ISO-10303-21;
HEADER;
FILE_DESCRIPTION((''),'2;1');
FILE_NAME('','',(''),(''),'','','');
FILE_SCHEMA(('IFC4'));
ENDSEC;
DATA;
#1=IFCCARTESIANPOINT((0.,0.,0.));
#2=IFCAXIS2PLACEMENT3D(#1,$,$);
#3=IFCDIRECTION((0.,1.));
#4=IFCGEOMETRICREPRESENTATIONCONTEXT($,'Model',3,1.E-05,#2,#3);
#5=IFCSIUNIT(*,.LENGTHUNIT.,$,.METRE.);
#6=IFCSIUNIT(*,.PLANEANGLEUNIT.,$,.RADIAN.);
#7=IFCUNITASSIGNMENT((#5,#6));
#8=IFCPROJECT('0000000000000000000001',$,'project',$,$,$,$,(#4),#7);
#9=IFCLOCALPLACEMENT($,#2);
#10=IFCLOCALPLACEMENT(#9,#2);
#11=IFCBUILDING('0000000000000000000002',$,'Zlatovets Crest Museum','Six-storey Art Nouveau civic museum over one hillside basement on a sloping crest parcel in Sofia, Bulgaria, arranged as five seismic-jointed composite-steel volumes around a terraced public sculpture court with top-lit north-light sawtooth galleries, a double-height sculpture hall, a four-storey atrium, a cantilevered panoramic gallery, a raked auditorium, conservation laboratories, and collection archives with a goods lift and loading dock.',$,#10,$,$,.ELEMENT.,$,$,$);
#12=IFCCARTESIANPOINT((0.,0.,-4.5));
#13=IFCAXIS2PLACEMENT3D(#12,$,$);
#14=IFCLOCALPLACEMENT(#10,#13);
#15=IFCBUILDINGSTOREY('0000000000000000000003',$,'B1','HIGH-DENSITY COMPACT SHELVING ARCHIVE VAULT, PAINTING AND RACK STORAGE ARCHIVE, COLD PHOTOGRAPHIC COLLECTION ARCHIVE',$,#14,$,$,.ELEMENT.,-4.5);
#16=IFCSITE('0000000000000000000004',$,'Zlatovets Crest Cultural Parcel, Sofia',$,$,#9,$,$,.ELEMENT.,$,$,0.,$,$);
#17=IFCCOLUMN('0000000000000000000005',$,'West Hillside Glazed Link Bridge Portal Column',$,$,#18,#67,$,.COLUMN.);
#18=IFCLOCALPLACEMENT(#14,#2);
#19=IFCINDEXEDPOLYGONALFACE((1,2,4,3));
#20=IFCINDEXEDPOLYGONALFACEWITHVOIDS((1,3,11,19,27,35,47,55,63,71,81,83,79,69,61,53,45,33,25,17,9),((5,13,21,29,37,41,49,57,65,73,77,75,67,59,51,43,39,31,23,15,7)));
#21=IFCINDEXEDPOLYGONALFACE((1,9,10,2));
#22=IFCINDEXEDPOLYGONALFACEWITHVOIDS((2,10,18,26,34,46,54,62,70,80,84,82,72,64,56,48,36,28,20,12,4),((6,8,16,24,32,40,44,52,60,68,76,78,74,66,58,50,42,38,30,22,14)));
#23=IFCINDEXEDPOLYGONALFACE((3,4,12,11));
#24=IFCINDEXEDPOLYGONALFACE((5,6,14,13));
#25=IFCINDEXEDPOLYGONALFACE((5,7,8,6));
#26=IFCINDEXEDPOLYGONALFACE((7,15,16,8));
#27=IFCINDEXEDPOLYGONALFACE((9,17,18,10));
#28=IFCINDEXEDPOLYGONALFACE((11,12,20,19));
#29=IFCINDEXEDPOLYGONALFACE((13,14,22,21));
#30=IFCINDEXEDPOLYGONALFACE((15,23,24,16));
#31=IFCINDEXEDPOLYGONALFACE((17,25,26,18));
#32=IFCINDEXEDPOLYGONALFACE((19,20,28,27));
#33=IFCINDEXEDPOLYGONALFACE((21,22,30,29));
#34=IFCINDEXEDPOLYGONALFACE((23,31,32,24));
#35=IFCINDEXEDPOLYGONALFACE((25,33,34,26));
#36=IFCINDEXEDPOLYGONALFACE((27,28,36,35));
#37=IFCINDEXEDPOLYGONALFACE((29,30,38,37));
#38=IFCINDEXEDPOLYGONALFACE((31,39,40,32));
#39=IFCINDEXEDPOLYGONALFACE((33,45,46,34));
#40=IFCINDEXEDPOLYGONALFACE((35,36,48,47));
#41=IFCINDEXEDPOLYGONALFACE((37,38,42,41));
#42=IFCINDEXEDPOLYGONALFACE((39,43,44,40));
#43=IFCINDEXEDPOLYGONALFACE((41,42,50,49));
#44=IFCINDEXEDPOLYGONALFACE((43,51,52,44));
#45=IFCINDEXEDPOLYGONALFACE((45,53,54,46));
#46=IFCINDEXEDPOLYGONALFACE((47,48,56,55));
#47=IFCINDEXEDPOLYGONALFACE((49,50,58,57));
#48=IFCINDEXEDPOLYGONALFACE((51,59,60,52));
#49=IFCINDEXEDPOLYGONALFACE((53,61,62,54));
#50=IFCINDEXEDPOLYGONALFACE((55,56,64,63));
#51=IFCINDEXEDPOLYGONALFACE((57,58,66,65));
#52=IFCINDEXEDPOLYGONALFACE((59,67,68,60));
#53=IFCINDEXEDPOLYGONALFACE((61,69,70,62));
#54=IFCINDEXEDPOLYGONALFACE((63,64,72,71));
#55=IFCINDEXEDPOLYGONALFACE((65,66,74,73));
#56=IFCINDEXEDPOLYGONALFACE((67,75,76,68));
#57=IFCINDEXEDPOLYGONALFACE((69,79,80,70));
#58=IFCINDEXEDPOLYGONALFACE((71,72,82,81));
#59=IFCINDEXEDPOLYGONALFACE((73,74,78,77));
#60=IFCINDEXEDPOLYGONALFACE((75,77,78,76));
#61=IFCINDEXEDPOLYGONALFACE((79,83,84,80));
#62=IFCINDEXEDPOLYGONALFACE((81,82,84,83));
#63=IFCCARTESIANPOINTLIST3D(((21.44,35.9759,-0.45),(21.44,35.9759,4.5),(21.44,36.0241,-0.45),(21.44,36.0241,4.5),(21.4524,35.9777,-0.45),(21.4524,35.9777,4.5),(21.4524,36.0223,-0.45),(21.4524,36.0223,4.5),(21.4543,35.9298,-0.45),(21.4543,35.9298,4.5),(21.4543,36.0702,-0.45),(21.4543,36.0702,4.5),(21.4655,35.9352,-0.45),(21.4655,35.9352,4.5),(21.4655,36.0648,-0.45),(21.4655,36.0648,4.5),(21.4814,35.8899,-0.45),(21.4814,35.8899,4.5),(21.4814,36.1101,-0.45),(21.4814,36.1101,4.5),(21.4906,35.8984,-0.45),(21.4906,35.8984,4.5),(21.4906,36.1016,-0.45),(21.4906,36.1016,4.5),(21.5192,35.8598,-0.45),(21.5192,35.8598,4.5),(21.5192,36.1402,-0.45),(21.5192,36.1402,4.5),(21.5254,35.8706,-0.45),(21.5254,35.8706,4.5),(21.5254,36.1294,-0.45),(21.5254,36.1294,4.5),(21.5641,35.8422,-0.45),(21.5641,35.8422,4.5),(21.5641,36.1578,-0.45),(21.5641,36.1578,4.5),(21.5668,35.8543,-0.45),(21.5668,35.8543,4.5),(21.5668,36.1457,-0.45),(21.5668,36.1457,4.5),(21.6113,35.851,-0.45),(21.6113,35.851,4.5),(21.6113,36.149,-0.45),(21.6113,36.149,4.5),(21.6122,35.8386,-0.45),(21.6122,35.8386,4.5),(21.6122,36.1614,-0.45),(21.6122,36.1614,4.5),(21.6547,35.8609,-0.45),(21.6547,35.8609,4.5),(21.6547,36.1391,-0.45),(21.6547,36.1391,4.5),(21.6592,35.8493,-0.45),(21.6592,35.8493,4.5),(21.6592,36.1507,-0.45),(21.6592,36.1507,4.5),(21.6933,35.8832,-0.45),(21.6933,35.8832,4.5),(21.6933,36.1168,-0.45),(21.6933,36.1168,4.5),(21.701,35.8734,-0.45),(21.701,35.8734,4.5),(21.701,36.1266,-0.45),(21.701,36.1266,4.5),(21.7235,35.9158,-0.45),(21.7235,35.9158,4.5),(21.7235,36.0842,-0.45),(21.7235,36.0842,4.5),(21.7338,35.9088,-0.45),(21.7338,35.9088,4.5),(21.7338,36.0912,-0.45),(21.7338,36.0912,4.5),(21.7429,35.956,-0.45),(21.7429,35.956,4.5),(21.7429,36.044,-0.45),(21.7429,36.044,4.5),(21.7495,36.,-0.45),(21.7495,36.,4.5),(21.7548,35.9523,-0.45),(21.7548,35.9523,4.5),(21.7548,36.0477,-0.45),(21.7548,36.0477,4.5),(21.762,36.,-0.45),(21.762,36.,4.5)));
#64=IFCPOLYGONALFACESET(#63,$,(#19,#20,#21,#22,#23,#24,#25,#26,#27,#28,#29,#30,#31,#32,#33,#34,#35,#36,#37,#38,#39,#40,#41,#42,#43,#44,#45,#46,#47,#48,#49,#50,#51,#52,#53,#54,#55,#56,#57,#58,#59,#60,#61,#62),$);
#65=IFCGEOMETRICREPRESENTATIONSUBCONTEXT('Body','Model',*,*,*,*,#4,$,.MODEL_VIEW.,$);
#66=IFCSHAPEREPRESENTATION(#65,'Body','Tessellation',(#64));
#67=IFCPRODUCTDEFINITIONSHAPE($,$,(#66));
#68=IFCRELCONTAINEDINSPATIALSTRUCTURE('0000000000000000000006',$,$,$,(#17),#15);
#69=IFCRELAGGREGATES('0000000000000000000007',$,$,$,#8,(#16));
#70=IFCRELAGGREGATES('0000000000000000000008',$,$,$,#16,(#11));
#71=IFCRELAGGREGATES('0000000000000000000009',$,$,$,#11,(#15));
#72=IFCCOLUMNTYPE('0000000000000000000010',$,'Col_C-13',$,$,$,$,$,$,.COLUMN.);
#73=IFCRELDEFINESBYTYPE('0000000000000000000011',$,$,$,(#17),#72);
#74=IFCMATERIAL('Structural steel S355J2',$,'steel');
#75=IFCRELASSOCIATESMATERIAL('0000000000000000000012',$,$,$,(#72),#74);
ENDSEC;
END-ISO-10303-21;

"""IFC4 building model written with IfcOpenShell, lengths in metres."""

from ifc_helpers import new_model, si_unit, direction, frame, origin, origin_2d, place, context, subcontext, project, spatial, hollow_circle, extrude, material, material_profile, profile_set, type_object, element, save


model = new_model("IFC4")

# Units and contexts
model_context = context("Model", 3, precision=1e-05, world=origin(), true_north=direction((0.0, 1.0)))
body_context = subcontext(model_context, "Body", "Model", "MODEL_VIEW")
ifc_project = project(units=[si_unit("LENGTHUNIT", "METRE"), si_unit("PLANEANGLEUNIT", "RADIAN")], contexts=[model_context])

# Site, building, storey
site_placement = place(None, origin())
site = spatial("IfcSite", under=ifc_project, at=site_placement, Name="Zlatovets Crest Cultural Parcel, Sofia", CompositionType="ELEMENT", RefElevation=0.0)
building_placement = place(site_placement, origin())
building = spatial("IfcBuilding", under=site, at=building_placement, Name="Zlatovets Crest Museum", Description="Six-storey Art Nouveau civic museum over one hillside basement on a sloping crest parcel in Sofia, Bulgaria, arranged as five seismic-jointed composite-steel volumes around a terraced public sculpture court with top-lit north-light sawtooth galleries, a double-height sculpture hall, a four-storey atrium, a cantilevered panoramic gallery, a raked auditorium, conservation laboratories, and collection archives with a goods lift and loading dock.", CompositionType="ELEMENT")
storey_placement = place(building_placement, frame((0.0, 0.0, -4.5)))
storey = spatial("IfcBuildingStorey", under=building, at=storey_placement, Name="B1", Description="HIGH-DENSITY COMPACT SHELVING ARCHIVE VAULT, PAINTING AND RACK STORAGE ARCHIVE, COLD PHOTOGRAPHIC COLLECTION ARCHIVE", CompositionType="ELEMENT", Elevation=-4.5)

# Column
ifc_material_1 = material(Name="Structural steel S355J2", Category="steel")
ifc_material_profile_1 = material_profile(ifc_material_1, hollow_circle(Radius=0.1619, WallThickness=0.0125, at=origin_2d()), Name="CHS 323.9x12.5")
ifc_profile_set_1 = profile_set([ifc_material_profile_1], Name="Structural steel S355J2")
column_type_1 = type_object("IfcColumnType", Name="Col_C-13", PredefinedType="COLUMN", material=ifc_profile_set_1)
column_placement = place(storey_placement, frame((21.6001, 36.0, -0.45), z_axis=(0.0, 0.0, 1.0), x_axis=(1.0, 0.0, 0.0)))
element("IfcColumn", 1, at=column_placement, inside=storey, type_object=column_type_1, Name="West Hillside Glazed Link Bridge Portal Column", PredefinedType="COLUMN", context=body_context, shape_type="SweptSolid", body=[
    extrude(hollow_circle(Radius=0.1619, WallThickness=0.0125, at=origin_2d()), origin(), (0.0, 0.0, 1.0), 4.95),
])

save(model, "model.ifc")
